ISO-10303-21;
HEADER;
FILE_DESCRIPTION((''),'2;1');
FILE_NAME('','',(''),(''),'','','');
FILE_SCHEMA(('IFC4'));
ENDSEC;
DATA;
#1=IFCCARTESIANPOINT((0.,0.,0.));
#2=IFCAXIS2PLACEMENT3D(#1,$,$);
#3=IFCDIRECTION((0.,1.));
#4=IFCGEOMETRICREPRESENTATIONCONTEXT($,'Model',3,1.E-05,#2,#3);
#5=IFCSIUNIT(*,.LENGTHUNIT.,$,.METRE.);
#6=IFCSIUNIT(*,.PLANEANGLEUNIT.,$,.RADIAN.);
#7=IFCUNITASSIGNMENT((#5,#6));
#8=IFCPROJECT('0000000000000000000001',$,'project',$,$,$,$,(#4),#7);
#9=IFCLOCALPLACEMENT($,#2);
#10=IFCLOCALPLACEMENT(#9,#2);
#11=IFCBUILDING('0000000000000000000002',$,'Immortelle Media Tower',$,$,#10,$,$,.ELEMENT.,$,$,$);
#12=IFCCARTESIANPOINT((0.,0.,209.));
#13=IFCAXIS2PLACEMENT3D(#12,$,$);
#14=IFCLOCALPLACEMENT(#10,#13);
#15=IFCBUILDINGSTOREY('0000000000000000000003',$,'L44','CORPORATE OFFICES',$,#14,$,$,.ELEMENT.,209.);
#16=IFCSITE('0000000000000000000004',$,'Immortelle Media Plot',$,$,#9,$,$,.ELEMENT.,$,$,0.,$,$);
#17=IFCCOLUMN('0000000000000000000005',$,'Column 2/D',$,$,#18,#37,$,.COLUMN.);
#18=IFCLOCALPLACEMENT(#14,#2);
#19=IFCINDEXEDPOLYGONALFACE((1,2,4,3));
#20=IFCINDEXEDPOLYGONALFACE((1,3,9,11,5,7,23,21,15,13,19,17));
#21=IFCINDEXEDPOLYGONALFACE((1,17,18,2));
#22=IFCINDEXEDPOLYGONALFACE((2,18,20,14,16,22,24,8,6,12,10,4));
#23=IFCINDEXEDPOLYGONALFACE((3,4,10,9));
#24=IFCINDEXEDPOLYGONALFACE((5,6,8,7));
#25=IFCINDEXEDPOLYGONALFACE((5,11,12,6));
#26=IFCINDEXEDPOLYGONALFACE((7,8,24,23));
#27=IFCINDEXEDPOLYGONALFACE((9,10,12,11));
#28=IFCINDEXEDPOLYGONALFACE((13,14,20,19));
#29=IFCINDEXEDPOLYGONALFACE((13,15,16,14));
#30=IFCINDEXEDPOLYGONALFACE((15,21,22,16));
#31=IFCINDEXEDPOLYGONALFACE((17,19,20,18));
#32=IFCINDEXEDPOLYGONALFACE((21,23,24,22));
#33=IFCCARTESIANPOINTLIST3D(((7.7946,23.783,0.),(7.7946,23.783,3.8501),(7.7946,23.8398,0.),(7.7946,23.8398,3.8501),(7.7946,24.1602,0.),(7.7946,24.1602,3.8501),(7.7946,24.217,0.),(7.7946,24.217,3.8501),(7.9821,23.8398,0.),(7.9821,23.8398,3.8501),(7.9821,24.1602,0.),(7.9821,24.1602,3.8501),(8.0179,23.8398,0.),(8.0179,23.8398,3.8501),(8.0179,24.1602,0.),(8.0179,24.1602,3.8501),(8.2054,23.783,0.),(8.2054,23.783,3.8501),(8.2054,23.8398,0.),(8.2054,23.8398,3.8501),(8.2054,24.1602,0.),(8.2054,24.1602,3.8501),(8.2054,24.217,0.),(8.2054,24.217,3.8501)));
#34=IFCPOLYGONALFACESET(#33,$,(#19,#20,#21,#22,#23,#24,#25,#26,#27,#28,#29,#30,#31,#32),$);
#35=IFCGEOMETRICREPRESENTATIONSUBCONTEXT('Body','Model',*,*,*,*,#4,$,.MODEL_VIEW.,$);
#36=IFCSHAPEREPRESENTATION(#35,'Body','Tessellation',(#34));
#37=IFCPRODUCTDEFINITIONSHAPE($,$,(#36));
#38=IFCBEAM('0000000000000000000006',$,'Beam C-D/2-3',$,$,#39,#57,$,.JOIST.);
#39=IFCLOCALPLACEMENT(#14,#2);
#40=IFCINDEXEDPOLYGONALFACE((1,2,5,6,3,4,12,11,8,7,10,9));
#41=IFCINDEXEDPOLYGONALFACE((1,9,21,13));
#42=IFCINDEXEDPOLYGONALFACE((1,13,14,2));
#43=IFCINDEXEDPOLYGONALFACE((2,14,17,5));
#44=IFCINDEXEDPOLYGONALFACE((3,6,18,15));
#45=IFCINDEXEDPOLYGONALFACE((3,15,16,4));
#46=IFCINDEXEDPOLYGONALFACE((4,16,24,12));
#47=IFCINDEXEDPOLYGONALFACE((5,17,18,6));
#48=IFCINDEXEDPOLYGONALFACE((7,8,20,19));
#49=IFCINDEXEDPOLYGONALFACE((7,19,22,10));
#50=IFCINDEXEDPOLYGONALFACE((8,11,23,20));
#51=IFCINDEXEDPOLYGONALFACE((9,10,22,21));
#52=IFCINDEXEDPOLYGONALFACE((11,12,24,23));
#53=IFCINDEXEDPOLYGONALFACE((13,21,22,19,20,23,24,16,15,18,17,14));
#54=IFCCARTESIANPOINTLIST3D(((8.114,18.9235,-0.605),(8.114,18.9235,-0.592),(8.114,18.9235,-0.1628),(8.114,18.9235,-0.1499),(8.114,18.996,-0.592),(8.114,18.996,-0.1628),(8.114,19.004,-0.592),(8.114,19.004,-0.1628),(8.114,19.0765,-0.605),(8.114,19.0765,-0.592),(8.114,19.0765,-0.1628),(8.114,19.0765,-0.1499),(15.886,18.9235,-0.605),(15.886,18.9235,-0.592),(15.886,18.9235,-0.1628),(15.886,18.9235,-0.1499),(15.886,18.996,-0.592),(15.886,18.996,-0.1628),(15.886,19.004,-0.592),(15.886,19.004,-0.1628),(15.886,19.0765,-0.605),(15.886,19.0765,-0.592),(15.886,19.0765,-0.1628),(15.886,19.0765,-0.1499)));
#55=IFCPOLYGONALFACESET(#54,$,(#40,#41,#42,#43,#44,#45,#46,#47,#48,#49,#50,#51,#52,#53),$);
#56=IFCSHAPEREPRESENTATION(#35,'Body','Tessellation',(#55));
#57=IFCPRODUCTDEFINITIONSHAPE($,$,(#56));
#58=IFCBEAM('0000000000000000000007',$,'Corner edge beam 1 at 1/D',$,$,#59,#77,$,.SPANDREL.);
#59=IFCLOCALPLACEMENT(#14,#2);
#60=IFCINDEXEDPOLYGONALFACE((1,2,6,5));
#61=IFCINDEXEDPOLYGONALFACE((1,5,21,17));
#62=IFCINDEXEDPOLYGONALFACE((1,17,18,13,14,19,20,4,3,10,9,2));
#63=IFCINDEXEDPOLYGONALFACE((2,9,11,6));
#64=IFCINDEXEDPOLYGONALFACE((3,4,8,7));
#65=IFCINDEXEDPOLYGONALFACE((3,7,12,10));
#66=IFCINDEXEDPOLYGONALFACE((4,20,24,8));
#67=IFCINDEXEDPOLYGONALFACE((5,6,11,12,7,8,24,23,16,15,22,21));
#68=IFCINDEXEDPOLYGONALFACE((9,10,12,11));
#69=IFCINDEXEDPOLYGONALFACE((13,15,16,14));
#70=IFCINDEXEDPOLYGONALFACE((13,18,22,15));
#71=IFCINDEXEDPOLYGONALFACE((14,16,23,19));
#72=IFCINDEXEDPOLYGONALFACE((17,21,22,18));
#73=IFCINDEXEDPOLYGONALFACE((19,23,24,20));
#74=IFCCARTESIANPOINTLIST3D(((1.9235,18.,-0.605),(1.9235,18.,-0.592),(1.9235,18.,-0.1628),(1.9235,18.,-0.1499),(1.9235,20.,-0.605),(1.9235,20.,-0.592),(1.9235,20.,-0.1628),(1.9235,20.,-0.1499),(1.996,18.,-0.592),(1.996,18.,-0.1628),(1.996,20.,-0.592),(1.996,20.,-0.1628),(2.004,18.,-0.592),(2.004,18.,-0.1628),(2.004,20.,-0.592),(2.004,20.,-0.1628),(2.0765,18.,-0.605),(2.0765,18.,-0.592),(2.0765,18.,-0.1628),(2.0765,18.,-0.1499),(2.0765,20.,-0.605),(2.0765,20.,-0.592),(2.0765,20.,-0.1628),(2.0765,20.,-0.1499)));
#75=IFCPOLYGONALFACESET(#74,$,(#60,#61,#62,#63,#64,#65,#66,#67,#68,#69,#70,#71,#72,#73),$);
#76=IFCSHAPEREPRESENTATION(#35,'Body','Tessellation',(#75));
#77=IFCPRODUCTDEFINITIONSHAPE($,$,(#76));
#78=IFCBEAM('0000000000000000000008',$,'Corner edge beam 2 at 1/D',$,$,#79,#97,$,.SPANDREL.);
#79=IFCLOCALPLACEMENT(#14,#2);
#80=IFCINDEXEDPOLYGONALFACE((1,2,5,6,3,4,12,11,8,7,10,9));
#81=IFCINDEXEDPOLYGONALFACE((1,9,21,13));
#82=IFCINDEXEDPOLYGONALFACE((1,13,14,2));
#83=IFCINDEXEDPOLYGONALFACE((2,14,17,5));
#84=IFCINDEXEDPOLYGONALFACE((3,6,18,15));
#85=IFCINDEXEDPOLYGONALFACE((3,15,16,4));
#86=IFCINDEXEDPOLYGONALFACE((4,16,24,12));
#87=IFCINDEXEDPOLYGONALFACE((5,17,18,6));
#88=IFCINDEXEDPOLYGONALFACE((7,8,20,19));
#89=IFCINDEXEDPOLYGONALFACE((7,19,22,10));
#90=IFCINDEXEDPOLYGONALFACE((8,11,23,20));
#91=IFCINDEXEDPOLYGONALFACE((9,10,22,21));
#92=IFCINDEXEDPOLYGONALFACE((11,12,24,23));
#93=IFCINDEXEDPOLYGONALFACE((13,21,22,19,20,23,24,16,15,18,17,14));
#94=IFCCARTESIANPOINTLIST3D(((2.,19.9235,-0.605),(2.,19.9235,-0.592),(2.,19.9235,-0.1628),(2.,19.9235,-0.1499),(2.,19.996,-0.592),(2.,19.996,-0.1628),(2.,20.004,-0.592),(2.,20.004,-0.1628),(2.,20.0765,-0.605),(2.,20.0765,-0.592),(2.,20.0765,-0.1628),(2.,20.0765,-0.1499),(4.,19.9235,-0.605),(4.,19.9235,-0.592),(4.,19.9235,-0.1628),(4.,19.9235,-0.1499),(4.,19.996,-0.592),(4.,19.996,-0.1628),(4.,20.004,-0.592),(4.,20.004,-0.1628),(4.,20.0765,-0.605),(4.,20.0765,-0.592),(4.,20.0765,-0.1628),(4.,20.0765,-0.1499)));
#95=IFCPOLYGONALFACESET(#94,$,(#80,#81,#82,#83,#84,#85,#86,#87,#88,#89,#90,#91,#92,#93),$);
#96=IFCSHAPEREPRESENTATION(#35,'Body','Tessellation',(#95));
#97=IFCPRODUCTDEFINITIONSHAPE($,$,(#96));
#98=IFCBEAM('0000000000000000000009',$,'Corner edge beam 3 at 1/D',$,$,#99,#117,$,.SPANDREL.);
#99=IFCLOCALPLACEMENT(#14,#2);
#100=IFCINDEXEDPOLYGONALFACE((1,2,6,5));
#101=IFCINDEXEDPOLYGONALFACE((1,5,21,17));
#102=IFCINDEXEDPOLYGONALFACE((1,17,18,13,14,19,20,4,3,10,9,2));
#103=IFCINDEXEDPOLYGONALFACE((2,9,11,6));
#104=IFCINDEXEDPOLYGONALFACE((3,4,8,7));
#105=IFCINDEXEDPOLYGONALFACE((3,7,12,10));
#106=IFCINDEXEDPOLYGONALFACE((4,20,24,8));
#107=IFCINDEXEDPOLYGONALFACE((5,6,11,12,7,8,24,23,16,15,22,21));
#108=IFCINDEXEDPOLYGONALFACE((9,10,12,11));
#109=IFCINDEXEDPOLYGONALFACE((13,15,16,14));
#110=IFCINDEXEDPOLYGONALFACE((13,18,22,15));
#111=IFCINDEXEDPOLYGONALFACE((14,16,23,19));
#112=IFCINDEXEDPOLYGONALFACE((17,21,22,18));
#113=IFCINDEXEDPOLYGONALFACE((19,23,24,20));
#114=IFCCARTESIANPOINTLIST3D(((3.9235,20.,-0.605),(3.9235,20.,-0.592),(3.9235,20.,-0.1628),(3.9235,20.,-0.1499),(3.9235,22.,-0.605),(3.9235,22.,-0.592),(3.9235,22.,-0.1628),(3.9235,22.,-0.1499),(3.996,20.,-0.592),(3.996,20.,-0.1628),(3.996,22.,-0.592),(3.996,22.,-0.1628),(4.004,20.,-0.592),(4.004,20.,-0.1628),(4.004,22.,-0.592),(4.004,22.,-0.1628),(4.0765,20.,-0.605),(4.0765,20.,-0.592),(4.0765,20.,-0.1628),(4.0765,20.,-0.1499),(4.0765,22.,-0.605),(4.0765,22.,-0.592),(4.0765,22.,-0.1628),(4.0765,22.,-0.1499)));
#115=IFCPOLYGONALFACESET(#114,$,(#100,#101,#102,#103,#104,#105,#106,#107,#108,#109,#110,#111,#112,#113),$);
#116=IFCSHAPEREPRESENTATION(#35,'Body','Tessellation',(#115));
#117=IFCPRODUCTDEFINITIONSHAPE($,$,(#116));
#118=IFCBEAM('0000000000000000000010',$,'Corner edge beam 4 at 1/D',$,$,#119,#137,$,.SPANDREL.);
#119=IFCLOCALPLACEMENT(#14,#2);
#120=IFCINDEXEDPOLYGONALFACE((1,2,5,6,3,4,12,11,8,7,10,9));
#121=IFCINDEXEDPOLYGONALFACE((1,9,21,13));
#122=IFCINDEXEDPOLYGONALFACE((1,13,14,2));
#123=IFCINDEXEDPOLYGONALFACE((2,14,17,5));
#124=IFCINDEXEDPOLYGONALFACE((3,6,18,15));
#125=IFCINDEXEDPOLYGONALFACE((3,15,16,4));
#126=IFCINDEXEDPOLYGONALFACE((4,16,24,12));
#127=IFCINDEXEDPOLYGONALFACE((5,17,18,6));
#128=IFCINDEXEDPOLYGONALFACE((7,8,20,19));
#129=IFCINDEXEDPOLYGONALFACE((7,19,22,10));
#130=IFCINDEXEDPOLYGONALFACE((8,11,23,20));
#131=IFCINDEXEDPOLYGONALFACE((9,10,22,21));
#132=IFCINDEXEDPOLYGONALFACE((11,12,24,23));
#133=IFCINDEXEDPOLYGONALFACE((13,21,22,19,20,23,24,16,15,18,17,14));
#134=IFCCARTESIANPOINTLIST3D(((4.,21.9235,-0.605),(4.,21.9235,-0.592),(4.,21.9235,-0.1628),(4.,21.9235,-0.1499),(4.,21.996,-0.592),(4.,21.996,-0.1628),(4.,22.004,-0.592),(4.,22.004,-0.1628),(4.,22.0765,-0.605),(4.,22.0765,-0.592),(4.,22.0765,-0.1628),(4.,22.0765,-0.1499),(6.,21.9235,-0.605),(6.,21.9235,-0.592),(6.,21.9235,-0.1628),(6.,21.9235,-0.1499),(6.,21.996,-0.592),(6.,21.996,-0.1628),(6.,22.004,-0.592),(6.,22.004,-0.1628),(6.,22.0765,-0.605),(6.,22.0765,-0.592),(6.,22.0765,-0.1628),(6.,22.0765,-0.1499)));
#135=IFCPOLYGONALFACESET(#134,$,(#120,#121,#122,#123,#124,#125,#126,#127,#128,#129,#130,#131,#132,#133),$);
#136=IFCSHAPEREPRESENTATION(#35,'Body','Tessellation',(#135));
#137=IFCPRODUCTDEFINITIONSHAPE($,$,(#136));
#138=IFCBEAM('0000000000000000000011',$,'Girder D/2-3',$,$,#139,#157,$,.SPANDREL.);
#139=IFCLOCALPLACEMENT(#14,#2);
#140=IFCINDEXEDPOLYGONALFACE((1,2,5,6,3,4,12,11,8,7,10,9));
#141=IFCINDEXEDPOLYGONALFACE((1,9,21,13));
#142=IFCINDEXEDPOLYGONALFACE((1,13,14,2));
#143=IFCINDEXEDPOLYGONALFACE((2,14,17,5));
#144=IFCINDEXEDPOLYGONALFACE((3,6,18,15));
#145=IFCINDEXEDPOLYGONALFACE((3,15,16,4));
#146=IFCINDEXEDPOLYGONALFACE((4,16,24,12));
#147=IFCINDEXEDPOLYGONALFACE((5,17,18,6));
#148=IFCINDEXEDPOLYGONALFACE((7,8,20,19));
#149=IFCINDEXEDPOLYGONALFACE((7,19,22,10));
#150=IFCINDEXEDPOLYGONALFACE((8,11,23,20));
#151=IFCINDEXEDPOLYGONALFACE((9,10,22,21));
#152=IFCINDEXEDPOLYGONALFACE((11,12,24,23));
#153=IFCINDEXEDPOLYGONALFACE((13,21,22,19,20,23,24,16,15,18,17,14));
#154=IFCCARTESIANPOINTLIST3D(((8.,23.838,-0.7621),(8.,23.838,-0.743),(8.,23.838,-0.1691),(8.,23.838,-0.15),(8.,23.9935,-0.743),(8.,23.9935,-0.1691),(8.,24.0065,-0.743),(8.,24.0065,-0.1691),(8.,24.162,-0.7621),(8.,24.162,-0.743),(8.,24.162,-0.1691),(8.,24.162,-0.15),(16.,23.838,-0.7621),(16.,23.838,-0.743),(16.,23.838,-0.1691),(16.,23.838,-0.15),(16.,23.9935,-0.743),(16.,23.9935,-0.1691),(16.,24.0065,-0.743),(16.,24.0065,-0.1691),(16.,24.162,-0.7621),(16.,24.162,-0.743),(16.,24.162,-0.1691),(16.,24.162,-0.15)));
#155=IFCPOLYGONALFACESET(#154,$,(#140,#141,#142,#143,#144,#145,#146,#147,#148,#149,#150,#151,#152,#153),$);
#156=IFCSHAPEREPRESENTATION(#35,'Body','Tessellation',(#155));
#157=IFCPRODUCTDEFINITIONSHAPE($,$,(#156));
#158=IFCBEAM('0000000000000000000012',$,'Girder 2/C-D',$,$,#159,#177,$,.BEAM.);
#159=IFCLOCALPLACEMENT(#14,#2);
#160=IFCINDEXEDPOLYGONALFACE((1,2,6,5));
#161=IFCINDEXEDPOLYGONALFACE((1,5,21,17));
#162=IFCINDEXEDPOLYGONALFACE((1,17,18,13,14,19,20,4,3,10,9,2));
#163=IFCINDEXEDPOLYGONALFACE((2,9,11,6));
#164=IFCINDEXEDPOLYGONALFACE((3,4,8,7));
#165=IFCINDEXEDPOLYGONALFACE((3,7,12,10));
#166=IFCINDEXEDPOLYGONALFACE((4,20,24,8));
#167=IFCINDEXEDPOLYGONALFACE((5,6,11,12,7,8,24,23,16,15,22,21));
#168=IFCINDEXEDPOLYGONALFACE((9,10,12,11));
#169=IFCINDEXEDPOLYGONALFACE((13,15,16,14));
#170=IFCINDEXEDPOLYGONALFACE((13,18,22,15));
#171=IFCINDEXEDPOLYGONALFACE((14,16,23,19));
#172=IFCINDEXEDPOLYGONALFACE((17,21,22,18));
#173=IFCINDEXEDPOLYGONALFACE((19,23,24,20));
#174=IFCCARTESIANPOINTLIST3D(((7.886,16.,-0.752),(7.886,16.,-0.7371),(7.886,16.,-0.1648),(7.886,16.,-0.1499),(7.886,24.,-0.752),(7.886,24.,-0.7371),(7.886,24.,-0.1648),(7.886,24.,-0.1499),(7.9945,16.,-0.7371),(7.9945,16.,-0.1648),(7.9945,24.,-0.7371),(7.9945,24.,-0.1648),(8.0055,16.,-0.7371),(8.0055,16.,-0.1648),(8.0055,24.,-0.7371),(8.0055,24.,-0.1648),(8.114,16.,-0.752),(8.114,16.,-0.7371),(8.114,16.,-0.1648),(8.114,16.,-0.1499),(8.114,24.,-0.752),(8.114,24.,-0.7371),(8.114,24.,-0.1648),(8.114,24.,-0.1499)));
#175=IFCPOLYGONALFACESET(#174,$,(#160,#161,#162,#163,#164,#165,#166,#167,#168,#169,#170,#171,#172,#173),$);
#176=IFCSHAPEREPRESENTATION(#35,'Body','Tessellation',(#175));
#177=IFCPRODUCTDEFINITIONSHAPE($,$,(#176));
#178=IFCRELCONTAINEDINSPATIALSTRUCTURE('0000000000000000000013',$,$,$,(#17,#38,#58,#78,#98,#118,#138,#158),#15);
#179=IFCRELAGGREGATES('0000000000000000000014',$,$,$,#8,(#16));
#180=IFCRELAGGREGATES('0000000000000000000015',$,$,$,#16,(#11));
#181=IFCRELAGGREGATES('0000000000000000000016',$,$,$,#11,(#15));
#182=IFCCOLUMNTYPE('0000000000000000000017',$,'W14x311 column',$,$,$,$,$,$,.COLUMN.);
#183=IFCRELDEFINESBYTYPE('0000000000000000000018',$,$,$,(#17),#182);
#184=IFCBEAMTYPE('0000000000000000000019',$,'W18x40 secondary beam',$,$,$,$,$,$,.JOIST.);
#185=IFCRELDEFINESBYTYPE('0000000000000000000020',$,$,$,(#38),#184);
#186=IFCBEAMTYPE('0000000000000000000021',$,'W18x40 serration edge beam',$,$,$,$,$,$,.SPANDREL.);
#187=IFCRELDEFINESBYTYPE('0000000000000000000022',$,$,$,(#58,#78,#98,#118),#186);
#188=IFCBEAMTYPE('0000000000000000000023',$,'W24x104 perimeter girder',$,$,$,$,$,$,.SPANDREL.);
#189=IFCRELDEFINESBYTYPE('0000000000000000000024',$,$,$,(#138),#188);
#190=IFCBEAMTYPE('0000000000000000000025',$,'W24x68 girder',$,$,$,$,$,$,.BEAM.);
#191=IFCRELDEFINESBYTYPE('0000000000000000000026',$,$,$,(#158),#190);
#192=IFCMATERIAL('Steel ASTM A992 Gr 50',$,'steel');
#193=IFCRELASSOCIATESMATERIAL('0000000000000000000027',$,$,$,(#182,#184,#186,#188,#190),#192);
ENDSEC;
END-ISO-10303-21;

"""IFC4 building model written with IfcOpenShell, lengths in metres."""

from ifc_helpers import new_model, si_unit, direction, frame, origin, origin_2d, place, context, subcontext, project, spatial, i_section, extrude, material, material_profile, profile_set, type_object, element, save


model = new_model("IFC4")

# Units and contexts
model_context = context("Model", 3, precision=1e-05, world=origin(), true_north=direction((0.0, 1.0)))
body_context = subcontext(model_context, "Body", "Model", "MODEL_VIEW")
ifc_project = project(units=[si_unit("LENGTHUNIT", "METRE"), si_unit("PLANEANGLEUNIT", "RADIAN")], contexts=[model_context])

# Site, building, storey
site_placement = place(None, origin())
site = spatial("IfcSite", under=ifc_project, at=site_placement, Name="Immortelle Media Plot", CompositionType="ELEMENT", RefElevation=0.0)
building_placement = place(site_placement, origin())
building = spatial("IfcBuilding", under=site, at=building_placement, Name="Immortelle Media Tower", CompositionType="ELEMENT")
storey_placement = place(building_placement, frame((0.0, 0.0, 209.0)))
storey = spatial("IfcBuildingStorey", under=building, at=storey_placement, Name="L44", Description="CORPORATE OFFICES", CompositionType="ELEMENT", Elevation=209.0)

# Column
ifc_material_1 = material(Name="Steel ASTM A992 Gr 50", Category="steel")
ifc_material_profile_1 = material_profile(ifc_material_1, i_section(OverallWidth=0.4109, OverallDepth=0.4341, WebThickness=0.0359, FlangeThickness=0.0569, at=origin_2d()), Name="W14x311")
ifc_profile_set_1 = profile_set([ifc_material_profile_1], Name="Steel ASTM A992 Gr 50")
column_type = type_object("IfcColumnType", Name="W14x311 column", PredefinedType="COLUMN", material=ifc_profile_set_1)
column_placement = place(storey_placement, frame((8.0, 24.0, 0.0), z_axis=(0.0, 0.0, 1.0), x_axis=(1.0, 0.0, 0.0)))
element("IfcColumn", 1, at=column_placement, inside=storey, type_object=column_type, Name="Column 2/D", PredefinedType="COLUMN", context=body_context, shape_type="SweptSolid", body=[
    extrude(i_section(OverallWidth=0.4109, OverallDepth=0.4341, WebThickness=0.0359, FlangeThickness=0.0569, at=origin_2d()), origin(), (0.0, 0.0, 1.0), 3.8501),
])

# Beams
ifc_material_profile_2 = material_profile(ifc_material_1, i_section(OverallWidth=0.1531, OverallDepth=0.4551, WebThickness=0.0081, FlangeThickness=0.0129, at=origin_2d()), Name="W18x40")
ifc_profile_set_2 = profile_set([ifc_material_profile_2], Name="Steel ASTM A992 Gr 50")
beam_type_1 = type_object("IfcBeamType", Name="W18x40 secondary beam", PredefinedType="JOIST", material=ifc_profile_set_2)
beam_1_placement = place(storey_placement, frame((8.114, 19.0, -0.3774), z_axis=(1.0, 0.0, 0.0), x_axis=(0.0, 1.0, 0.0)))
element("IfcBeam", 2, at=beam_1_placement, inside=storey, type_object=beam_type_1, Name="Beam C-D/2-3", PredefinedType="JOIST", context=body_context, shape_type="SweptSolid", body=[
    extrude(i_section(OverallWidth=0.1531, OverallDepth=0.4551, WebThickness=0.0081, FlangeThickness=0.0129, at=origin_2d()), origin(), (0.0, 0.0, 1.0), 7.772),
])
ifc_material_profile_3 = material_profile(ifc_material_1, i_section(OverallWidth=0.1531, OverallDepth=0.4551, WebThickness=0.0081, FlangeThickness=0.0129, at=origin_2d()), Name="W18x40")
ifc_profile_set_3 = profile_set([ifc_material_profile_3], Name="Steel ASTM A992 Gr 50")
beam_type_2 = type_object("IfcBeamType", Name="W18x40 serration edge beam", PredefinedType="SPANDREL", material=ifc_profile_set_3)
for number, where, z_axis, x_axis, name in (
    (3, (2.0, 18.0, -0.3774), (0.0, 1.0, 0.0), (-1.0, 0.0, 0.0), "Corner edge beam 1 at 1/D"),
    (4, (2.0, 20.0, -0.3774), (1.0, 0.0, 0.0), (0.0, 1.0, 0.0), "Corner edge beam 2 at 1/D"),
    (5, (4.0, 20.0, -0.3774), (0.0, 1.0, 0.0), (-1.0, 0.0, 0.0), "Corner edge beam 3 at 1/D"),
    (6, (4.0, 22.0, -0.3774), (1.0, 0.0, 0.0), (0.0, 1.0, 0.0), "Corner edge beam 4 at 1/D"),
):
    element("IfcBeam", number, at=place(storey_placement, frame(where, z_axis=z_axis, x_axis=x_axis)), inside=storey, type_object=beam_type_2, Name=name, PredefinedType="SPANDREL", context=body_context, shape_type="SweptSolid", body=[
        extrude(i_section(OverallWidth=0.1531, OverallDepth=0.4551, WebThickness=0.0081, FlangeThickness=0.0129, at=origin_2d()), origin(), (0.0, 0.0, 1.0), 2.0),
    ])
ifc_material_profile_4 = material_profile(ifc_material_1, i_section(OverallWidth=0.324, OverallDepth=0.6121, WebThickness=0.0129, FlangeThickness=0.019, at=origin_2d()), Name="W24x104")
ifc_profile_set_4 = profile_set([ifc_material_profile_4], Name="Steel ASTM A992 Gr 50")
beam_type_3 = type_object("IfcBeamType", Name="W24x104 perimeter girder", PredefinedType="SPANDREL", material=ifc_profile_set_4)
beam_2_placement = place(storey_placement, frame((8.0, 24.0, -0.4561), z_axis=(1.0, 0.0, 0.0), x_axis=(0.0, 1.0, 0.0)))
element("IfcBeam", 7, at=beam_2_placement, inside=storey, type_object=beam_type_3, Name="Girder D/2-3", PredefinedType="SPANDREL", context=body_context, shape_type="SweptSolid", body=[
    extrude(i_section(OverallWidth=0.324, OverallDepth=0.6121, WebThickness=0.0129, FlangeThickness=0.019, at=origin_2d()), origin(), (0.0, 0.0, 1.0), 8.0),
])
ifc_material_profile_5 = material_profile(ifc_material_1, i_section(OverallWidth=0.228, OverallDepth=0.6021, WebThickness=0.011, FlangeThickness=0.0149, at=origin_2d()), Name="W24x68")
ifc_profile_set_5 = profile_set([ifc_material_profile_5], Name="Steel ASTM A992 Gr 50")
beam_type_4 = type_object("IfcBeamType", Name="W24x68 girder", PredefinedType="BEAM", material=ifc_profile_set_5)
beam_3_placement = place(storey_placement, frame((8.0, 16.0, -0.4509), z_axis=(0.0, 1.0, 0.0), x_axis=(-1.0, 0.0, 0.0)))
element("IfcBeam", 8, at=beam_3_placement, inside=storey, type_object=beam_type_4, Name="Girder 2/C-D", PredefinedType="BEAM", context=body_context, shape_type="SweptSolid", body=[
    extrude(i_section(OverallWidth=0.228, OverallDepth=0.6021, WebThickness=0.011, FlangeThickness=0.0149, at=origin_2d()), origin(), (0.0, 0.0, 1.0), 8.0),
])

save(model, "model.ifc")
